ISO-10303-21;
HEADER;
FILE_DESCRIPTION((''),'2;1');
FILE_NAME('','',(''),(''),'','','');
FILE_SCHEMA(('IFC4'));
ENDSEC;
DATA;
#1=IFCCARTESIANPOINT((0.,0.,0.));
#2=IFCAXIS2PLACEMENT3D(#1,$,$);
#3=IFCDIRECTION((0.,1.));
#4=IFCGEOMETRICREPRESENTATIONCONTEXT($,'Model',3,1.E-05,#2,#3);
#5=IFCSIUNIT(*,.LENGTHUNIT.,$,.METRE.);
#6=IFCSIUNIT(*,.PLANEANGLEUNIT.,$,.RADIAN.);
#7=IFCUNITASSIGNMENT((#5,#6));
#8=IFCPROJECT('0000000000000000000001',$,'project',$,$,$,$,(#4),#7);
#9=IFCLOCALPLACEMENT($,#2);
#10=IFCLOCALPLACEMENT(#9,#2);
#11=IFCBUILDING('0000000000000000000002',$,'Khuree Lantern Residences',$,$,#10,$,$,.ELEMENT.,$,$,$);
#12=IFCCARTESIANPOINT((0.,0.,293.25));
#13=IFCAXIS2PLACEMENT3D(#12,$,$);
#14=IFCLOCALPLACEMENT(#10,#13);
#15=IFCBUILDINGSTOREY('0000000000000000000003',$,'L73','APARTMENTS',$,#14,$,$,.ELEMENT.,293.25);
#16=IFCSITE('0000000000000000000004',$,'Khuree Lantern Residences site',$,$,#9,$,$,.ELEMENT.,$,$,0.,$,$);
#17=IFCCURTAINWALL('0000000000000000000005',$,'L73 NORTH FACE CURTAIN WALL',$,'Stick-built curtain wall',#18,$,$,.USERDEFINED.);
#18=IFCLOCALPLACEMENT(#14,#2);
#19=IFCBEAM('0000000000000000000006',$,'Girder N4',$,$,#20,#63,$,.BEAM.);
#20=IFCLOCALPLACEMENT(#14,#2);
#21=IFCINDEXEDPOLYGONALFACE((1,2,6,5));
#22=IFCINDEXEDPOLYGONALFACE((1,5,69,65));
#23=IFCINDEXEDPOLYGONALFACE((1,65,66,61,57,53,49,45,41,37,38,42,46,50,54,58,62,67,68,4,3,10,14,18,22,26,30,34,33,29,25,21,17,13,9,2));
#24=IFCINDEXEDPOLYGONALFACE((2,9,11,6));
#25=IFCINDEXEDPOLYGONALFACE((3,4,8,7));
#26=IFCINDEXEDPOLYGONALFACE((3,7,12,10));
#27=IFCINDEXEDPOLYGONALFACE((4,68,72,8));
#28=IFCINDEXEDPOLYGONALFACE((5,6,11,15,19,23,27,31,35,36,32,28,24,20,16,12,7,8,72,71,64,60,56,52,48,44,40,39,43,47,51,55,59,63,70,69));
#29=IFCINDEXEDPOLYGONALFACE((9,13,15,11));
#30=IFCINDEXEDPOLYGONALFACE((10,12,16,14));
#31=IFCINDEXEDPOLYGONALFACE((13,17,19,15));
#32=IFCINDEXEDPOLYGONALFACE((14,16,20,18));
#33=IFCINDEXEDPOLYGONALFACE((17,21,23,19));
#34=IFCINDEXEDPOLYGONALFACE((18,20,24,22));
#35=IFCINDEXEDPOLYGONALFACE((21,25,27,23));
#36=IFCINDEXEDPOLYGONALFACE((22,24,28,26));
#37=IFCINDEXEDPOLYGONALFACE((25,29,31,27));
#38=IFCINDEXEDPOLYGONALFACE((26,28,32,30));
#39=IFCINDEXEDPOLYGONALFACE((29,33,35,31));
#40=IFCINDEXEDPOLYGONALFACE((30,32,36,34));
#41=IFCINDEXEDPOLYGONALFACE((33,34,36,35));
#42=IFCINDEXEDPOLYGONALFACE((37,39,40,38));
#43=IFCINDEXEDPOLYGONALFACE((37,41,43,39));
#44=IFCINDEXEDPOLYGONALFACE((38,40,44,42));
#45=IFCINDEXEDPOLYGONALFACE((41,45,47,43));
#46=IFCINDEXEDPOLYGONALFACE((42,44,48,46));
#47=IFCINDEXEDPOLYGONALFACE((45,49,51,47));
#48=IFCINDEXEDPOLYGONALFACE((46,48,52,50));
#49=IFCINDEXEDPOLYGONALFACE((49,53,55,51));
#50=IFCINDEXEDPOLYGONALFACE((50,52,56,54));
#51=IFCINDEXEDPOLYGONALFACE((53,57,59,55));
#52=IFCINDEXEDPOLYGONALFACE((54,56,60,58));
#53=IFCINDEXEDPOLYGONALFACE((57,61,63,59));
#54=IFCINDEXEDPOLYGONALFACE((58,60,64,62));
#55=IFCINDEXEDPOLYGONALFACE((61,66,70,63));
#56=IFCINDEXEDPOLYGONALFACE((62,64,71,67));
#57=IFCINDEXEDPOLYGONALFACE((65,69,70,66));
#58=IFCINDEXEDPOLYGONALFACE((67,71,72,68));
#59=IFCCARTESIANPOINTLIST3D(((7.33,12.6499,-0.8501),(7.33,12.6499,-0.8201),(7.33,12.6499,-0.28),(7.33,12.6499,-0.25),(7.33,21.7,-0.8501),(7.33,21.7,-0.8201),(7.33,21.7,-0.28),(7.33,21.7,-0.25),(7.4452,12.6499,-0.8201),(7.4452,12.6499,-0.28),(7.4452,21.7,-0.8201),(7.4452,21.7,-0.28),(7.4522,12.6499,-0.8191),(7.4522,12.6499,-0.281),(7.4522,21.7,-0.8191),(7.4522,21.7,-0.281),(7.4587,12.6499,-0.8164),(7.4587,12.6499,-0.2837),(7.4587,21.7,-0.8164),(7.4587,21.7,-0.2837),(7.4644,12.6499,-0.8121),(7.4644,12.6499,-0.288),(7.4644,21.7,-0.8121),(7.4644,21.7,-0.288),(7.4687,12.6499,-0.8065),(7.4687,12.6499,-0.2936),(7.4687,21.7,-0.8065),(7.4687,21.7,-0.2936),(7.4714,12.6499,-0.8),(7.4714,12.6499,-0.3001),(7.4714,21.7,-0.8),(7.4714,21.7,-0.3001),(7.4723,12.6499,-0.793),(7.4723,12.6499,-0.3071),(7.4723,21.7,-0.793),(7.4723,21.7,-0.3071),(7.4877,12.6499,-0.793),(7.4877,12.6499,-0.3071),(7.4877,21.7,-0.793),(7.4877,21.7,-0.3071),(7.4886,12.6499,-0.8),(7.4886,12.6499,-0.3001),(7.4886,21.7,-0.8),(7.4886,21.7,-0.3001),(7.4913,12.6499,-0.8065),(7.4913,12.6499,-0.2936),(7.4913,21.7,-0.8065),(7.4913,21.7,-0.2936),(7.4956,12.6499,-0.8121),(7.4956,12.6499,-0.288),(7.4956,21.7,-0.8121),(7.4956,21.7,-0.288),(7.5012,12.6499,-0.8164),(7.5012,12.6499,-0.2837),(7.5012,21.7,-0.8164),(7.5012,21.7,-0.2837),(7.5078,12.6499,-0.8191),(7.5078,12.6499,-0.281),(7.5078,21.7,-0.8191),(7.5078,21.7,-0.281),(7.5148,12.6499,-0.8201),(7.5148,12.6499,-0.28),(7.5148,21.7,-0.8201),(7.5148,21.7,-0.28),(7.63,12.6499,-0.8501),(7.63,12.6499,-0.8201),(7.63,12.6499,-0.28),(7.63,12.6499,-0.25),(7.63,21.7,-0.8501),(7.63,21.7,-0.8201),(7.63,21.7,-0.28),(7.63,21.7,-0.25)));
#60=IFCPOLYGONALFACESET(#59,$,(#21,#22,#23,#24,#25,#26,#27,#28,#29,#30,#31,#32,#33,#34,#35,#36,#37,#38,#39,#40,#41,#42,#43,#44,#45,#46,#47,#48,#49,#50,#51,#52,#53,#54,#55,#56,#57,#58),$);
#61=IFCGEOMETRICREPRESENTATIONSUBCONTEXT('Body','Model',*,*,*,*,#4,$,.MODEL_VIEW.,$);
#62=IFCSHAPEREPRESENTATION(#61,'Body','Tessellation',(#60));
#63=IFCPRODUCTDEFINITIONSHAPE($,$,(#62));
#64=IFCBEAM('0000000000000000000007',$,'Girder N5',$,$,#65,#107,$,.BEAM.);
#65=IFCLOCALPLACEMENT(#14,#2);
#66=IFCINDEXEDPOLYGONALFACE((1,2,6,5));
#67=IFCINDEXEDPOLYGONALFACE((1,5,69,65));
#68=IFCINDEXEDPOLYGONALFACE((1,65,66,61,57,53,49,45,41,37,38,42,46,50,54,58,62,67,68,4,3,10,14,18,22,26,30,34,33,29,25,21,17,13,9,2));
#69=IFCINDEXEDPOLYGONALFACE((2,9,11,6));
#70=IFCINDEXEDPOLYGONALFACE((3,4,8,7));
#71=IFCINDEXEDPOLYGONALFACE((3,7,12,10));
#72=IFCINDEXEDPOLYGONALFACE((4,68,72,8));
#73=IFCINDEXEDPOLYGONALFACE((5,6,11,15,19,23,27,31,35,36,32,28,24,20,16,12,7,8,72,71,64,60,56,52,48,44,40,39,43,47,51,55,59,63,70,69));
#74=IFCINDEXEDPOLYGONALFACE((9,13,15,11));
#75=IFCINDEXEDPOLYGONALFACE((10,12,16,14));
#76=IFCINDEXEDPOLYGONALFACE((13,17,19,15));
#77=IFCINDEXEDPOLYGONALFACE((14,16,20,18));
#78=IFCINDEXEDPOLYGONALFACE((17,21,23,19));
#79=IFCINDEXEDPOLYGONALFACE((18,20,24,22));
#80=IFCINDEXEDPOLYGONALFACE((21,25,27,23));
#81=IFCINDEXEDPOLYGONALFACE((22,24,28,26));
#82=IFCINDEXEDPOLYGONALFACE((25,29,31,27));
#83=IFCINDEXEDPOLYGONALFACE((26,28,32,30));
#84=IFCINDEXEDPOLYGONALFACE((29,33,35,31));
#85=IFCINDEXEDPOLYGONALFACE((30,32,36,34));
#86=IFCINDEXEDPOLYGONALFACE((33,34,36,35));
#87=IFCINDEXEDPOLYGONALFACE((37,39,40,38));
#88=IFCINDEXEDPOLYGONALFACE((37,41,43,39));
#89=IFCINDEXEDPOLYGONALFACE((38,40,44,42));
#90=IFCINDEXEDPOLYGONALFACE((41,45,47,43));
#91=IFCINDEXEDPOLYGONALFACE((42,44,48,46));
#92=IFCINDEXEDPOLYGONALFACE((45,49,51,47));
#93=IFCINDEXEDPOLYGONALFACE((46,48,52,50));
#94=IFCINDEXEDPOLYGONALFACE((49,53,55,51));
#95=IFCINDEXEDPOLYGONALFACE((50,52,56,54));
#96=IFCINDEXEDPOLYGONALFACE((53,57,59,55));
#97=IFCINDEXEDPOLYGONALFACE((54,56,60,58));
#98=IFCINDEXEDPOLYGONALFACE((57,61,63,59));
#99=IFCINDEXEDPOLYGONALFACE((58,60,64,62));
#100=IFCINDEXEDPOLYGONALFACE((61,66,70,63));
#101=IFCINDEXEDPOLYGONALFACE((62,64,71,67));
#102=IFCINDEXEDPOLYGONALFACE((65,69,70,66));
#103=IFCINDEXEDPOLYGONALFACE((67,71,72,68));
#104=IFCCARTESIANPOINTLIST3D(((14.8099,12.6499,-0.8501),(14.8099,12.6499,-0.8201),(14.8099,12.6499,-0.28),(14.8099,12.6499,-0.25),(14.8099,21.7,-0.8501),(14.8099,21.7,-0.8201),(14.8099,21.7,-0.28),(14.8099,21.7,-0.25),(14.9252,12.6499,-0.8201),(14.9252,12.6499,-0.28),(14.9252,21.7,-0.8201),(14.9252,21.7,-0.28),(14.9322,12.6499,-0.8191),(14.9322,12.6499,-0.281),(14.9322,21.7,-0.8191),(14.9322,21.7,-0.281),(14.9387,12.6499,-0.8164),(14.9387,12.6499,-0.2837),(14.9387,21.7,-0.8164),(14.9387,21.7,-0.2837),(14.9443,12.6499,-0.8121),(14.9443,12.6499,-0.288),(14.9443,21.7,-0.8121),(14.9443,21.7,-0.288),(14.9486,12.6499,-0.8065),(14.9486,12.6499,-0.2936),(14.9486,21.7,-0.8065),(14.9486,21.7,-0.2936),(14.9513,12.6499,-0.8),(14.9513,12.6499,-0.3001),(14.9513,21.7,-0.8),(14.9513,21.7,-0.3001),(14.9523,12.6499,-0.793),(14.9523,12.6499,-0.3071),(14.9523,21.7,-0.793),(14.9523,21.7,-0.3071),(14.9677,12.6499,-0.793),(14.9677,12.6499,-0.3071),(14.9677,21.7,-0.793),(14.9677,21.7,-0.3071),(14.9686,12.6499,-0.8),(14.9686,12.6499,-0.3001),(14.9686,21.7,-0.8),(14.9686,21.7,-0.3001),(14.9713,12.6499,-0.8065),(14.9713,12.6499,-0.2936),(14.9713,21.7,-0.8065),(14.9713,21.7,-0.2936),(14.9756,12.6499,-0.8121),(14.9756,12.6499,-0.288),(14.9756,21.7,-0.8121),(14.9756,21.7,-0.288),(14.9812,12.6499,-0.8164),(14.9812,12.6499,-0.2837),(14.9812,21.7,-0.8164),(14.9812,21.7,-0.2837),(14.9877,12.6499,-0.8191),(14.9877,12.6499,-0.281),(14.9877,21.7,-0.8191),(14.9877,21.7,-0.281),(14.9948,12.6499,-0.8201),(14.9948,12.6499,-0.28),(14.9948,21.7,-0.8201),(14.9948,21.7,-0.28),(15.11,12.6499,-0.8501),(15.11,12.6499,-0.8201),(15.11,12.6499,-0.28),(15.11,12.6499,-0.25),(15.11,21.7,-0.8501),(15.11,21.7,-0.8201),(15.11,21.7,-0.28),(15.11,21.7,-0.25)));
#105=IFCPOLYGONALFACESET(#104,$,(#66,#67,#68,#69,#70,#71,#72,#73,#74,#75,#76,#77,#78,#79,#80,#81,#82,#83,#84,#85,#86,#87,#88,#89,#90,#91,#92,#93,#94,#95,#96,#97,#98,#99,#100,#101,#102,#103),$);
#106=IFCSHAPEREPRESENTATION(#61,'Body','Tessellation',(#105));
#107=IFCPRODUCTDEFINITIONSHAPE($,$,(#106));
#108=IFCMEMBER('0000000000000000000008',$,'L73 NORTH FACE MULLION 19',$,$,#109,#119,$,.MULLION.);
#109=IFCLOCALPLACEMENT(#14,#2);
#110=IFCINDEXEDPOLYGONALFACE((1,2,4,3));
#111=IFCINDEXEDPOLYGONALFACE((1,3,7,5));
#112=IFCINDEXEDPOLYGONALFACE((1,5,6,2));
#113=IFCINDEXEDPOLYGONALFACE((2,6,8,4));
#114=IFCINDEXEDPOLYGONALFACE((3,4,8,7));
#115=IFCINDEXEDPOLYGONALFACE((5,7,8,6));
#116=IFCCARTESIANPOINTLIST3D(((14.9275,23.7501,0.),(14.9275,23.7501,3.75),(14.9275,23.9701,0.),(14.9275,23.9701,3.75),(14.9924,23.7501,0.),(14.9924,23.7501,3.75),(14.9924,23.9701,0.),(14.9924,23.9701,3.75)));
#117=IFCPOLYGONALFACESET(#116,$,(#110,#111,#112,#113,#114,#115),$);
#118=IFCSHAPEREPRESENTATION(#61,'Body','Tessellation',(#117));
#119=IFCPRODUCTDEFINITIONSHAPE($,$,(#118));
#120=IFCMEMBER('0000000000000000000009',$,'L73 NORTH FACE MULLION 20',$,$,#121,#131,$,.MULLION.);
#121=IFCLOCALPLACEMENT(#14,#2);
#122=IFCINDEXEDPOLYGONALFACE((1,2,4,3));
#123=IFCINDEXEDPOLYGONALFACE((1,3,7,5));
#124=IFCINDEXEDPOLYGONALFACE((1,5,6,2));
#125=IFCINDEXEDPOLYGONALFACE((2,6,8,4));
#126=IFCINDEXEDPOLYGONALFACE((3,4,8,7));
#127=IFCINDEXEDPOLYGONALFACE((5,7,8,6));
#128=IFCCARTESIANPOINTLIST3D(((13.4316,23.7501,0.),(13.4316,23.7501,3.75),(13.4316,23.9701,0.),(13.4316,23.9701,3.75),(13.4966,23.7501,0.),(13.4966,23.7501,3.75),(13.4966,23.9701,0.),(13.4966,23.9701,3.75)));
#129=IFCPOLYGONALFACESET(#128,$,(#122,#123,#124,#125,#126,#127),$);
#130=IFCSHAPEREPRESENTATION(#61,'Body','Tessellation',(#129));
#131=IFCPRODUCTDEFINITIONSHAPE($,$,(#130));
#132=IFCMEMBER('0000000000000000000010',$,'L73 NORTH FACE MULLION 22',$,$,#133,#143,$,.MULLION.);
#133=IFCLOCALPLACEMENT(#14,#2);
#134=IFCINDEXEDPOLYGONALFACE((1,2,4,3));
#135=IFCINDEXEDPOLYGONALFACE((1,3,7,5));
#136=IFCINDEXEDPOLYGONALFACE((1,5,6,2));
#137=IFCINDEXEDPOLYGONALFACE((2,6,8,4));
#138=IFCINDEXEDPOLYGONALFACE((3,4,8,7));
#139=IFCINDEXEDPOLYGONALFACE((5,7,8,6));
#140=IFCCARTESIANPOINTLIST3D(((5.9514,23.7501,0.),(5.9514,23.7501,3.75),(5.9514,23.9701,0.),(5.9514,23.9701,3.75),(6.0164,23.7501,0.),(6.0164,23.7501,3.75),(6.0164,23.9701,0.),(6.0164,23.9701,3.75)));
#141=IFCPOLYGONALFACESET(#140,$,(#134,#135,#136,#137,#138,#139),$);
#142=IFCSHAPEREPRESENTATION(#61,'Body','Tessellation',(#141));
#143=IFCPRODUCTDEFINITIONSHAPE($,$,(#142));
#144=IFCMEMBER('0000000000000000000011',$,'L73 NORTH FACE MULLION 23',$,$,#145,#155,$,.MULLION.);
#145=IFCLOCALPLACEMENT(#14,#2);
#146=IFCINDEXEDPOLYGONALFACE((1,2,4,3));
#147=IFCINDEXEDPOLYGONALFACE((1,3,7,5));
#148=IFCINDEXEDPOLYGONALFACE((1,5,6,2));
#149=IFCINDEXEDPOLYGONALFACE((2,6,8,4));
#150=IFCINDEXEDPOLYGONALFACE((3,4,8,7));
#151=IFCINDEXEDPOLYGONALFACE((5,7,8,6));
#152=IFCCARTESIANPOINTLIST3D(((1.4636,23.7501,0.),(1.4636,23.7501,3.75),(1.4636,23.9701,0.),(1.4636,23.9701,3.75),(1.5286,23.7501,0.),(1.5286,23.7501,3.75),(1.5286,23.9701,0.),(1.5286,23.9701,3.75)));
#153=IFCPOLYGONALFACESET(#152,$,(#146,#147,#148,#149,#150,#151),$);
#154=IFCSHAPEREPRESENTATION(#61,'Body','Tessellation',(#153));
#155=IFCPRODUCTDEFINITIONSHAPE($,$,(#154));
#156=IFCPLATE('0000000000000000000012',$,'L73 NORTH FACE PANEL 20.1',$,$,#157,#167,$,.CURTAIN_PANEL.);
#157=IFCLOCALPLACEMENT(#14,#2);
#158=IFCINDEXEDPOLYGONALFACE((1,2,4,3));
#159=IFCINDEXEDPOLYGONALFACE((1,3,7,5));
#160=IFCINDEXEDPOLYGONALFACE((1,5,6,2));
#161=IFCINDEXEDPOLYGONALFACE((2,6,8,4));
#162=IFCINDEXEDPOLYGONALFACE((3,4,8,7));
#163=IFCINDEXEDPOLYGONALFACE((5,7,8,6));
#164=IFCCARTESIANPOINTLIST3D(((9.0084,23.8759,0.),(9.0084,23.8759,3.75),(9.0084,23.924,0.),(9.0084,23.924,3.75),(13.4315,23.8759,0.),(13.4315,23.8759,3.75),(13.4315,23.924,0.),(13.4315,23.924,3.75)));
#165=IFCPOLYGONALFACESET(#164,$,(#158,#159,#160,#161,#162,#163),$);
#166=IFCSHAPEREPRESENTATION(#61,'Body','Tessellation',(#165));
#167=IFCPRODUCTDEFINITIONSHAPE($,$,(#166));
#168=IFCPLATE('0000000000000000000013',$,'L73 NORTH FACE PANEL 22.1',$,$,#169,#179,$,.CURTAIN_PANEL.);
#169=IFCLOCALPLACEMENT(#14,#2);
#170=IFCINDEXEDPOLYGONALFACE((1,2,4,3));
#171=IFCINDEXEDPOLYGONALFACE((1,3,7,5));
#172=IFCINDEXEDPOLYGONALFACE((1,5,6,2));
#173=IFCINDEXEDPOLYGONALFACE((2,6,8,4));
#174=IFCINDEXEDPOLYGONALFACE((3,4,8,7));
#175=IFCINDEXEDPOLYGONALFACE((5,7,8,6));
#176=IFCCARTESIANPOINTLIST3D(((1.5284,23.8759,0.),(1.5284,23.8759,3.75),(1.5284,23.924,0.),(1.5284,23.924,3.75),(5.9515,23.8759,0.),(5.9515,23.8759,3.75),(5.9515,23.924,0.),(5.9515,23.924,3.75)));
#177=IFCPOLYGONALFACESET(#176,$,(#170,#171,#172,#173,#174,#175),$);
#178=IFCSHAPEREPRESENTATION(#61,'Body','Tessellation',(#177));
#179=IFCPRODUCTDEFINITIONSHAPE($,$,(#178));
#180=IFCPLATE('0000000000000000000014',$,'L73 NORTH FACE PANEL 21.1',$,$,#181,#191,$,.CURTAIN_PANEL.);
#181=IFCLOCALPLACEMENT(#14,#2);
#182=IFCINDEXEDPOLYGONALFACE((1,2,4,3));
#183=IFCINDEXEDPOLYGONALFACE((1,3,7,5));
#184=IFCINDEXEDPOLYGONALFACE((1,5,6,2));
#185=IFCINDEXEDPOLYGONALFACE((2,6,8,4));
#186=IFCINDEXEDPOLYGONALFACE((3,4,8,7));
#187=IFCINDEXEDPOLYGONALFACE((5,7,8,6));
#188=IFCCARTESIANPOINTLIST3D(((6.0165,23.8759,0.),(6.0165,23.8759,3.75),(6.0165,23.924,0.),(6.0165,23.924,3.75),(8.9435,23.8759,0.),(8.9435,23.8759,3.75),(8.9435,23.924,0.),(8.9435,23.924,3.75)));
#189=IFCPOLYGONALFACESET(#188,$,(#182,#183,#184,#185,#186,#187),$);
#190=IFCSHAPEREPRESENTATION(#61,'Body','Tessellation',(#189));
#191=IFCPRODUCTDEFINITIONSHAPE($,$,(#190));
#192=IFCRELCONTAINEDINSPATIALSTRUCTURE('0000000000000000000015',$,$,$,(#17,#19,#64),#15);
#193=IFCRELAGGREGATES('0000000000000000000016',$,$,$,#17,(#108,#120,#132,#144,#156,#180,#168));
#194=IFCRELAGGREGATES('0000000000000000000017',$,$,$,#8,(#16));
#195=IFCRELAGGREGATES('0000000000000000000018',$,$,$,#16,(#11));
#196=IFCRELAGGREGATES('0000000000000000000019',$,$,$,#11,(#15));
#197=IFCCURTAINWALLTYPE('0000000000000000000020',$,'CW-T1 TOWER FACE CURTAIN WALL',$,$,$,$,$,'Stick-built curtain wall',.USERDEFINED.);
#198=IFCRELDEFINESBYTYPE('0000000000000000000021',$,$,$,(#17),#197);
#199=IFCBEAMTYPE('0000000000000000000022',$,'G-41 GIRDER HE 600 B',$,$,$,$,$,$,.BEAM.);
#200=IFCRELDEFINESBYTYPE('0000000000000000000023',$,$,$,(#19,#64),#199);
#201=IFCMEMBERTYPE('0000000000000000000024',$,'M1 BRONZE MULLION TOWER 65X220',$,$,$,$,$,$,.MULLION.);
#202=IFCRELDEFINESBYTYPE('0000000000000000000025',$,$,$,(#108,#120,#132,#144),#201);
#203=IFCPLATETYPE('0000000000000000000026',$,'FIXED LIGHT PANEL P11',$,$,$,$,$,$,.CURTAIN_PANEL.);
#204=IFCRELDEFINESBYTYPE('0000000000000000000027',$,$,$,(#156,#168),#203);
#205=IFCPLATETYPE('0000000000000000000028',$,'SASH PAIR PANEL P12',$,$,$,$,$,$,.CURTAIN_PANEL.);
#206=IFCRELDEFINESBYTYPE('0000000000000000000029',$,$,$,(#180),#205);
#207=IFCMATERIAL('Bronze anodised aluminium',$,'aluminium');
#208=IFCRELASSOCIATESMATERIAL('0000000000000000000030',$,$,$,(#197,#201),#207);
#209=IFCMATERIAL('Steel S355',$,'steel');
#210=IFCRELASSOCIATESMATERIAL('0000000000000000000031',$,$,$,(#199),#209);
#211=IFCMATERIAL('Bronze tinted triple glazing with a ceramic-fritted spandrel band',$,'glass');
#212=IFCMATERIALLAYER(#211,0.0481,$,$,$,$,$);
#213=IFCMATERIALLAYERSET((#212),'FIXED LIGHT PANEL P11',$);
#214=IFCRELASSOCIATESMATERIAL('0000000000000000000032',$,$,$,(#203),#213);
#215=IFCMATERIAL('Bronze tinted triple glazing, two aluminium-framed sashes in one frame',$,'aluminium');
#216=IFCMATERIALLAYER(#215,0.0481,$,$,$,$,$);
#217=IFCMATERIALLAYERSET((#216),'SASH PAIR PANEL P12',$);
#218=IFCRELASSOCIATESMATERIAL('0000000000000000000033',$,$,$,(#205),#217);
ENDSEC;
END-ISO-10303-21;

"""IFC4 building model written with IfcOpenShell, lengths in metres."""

from ifc_helpers import new_model, si_unit, direction, frame, origin, origin_2d, place, context, subcontext, project, spatial, rectangle, i_section, extrude, material, layer, layer_set, material_profile, profile_set, type_object, element, aggregate, save


model = new_model("IFC4")

# Units and contexts
model_context = context("Model", 3, precision=1e-05, world=origin(), true_north=direction((0.0, 1.0)))
body_context = subcontext(model_context, "Body", "Model", "MODEL_VIEW")
ifc_project = project(units=[si_unit("LENGTHUNIT", "METRE"), si_unit("PLANEANGLEUNIT", "RADIAN")], contexts=[model_context])

# Site, building, storey
site_placement = place(None, origin())
site = spatial("IfcSite", under=ifc_project, at=site_placement, Name="Khuree Lantern Residences site", CompositionType="ELEMENT", RefElevation=0.0)
building_placement = place(site_placement, origin())
building = spatial("IfcBuilding", under=site, at=building_placement, Name="Khuree Lantern Residences", CompositionType="ELEMENT")
storey_placement = place(building_placement, frame((0.0, 0.0, 293.25)))
storey = spatial("IfcBuildingStorey", under=building, at=storey_placement, Name="L73", Description="APARTMENTS", CompositionType="ELEMENT", Elevation=293.25)

# Shared definitions
ifc_material_1 = material(Name="Steel S355", Category="steel")

# Curtain wall
ifc_material_2 = material(Name="Bronze anodised aluminium", Category="aluminium")
curtain_wall_type = type_object("IfcCurtainWallType", Name="CW-T1 TOWER FACE CURTAIN WALL", ElementType="Stick-built curtain wall", PredefinedType="USERDEFINED", material=ifc_material_2)
curtain_wall_placement = place(storey_placement, origin())
curtain_wall = element("IfcCurtainWall", 1, at=curtain_wall_placement, inside=storey, type_object=curtain_wall_type, Name="L73 NORTH FACE CURTAIN WALL", ObjectType="Stick-built curtain wall", PredefinedType="USERDEFINED")

# Beams
ifc_material_profile_1 = material_profile(ifc_material_1, i_section(OverallWidth=0.3, OverallDepth=0.6001, WebThickness=0.0154, FlangeThickness=0.03, FilletRadius=0.0271, at=origin_2d()), Name="HE 600 B")
ifc_profile_set_1 = profile_set([ifc_material_profile_1], Name="Steel S355")
beam_type_1 = type_object("IfcBeamType", Name="G-41 GIRDER HE 600 B", PredefinedType="BEAM", material=ifc_profile_set_1)
for number, where, z_axis, x_axis, name in (
    (2, (7.48, 21.7, -0.55), (0.0, -1.0, 0.0), (1.0, 0.0, 0.0), "Girder N4"),
    (3, (14.96, 21.7, -0.55), (0.0, -1.0, 0.0), (1.0, 0.0, 0.0), "Girder N5"),
):
    element("IfcBeam", number, at=place(storey_placement, frame(where, z_axis=z_axis, x_axis=x_axis)), inside=storey, type_object=beam_type_1, Name=name, PredefinedType="BEAM", context=body_context, shape_type="SweptSolid", body=[
        extrude(i_section(OverallWidth=0.3, OverallDepth=0.6001, WebThickness=0.0154, FlangeThickness=0.03, FilletRadius=0.0271, at=origin_2d()), origin(), (0.0, 0.0, 1.0), 9.05),
    ])

# Members
ifc_material_profile_2 = material_profile(ifc_material_2, rectangle(XDim=0.0649, YDim=0.22, at=origin_2d()), Name="M1 65X220")
ifc_profile_set_2 = profile_set([ifc_material_profile_2], Name="Bronze anodised aluminium")
member_type_1 = type_object("IfcMemberType", Name="M1 BRONZE MULLION TOWER 65X220", PredefinedType="MULLION", material=ifc_profile_set_2)
member_1_placement = place(storey_placement, frame((14.96, 23.8601, 0.0), z_axis=(0.0, 0.0, 1.0), x_axis=(-1.0, 0.0, 0.0)))
member_1 = element("IfcMember", 4, at=member_1_placement, type_object=member_type_1, Name="L73 NORTH FACE MULLION 19", PredefinedType="MULLION", context=body_context, shape_type="SweptSolid", body=[
    extrude(rectangle(XDim=0.0649, YDim=0.22, at=origin_2d()), origin(), (0.0, 0.0, 1.0), 3.75),
])
member_2_placement = place(storey_placement, frame((13.4641, 23.8601, 0.0), z_axis=(0.0, 0.0, 1.0), x_axis=(-1.0, 0.0, 0.0)))
member_2 = element("IfcMember", 5, at=member_2_placement, type_object=member_type_1, Name="L73 NORTH FACE MULLION 20", PredefinedType="MULLION", context=body_context, shape_type="SweptSolid", body=[
    extrude(rectangle(XDim=0.0649, YDim=0.22, at=origin_2d()), origin(), (0.0, 0.0, 1.0), 3.75),
])
member_3_placement = place(storey_placement, frame((5.9839, 23.8601, 0.0), z_axis=(0.0, 0.0, 1.0), x_axis=(-1.0, 0.0, 0.0)))
member_3 = element("IfcMember", 6, at=member_3_placement, type_object=member_type_1, Name="L73 NORTH FACE MULLION 22", PredefinedType="MULLION", context=body_context, shape_type="SweptSolid", body=[
    extrude(rectangle(XDim=0.0649, YDim=0.22, at=origin_2d()), origin(), (0.0, 0.0, 1.0), 3.75),
])
member_4_placement = place(storey_placement, frame((1.4961, 23.8601, 0.0), z_axis=(0.0, 0.0, 1.0), x_axis=(-1.0, 0.0, 0.0)))
member_4 = element("IfcMember", 7, at=member_4_placement, type_object=member_type_1, Name="L73 NORTH FACE MULLION 23", PredefinedType="MULLION", context=body_context, shape_type="SweptSolid", body=[
    extrude(rectangle(XDim=0.0649, YDim=0.22, at=origin_2d()), origin(), (0.0, 0.0, 1.0), 3.75),
])

# Plates
ifc_material_3 = material(Name="Bronze tinted triple glazing with a ceramic-fritted spandrel band", Category="glass")
ifc_layer_1 = layer(ifc_material_3, 0.0481)
ifc_layer_set_1 = layer_set([ifc_layer_1], Name="FIXED LIGHT PANEL P11")
plate_type_1 = type_object("IfcPlateType", Name="FIXED LIGHT PANEL P11", PredefinedType="CURTAIN_PANEL", material=ifc_layer_set_1)
plate_1_placement = place(storey_placement, frame((11.22, 23.8999, 0.0), z_axis=(0.0, 0.0, 1.0), x_axis=(-1.0, 0.0, 0.0)))
plate_1 = element("IfcPlate", 8, at=plate_1_placement, type_object=plate_type_1, Name="L73 NORTH FACE PANEL 20.1", PredefinedType="CURTAIN_PANEL", context=body_context, shape_type="SweptSolid", body=[
    extrude(rectangle(XDim=4.4231, YDim=0.0481, at=origin_2d()), origin(), (0.0, 0.0, 1.0), 3.75),
])
plate_2_placement = place(storey_placement, frame((3.74, 23.8999, 0.0), z_axis=(0.0, 0.0, 1.0), x_axis=(-1.0, 0.0, 0.0)))
plate_2 = element("IfcPlate", 9, at=plate_2_placement, type_object=plate_type_1, Name="L73 NORTH FACE PANEL 22.1", PredefinedType="CURTAIN_PANEL", context=body_context, shape_type="SweptSolid", body=[
    extrude(rectangle(XDim=4.4231, YDim=0.0481, at=origin_2d()), origin(), (0.0, 0.0, 1.0), 3.75),
])
ifc_material_4 = material(Name="Bronze tinted triple glazing, two aluminium-framed sashes in one frame", Category="aluminium")
ifc_layer_2 = layer(ifc_material_4, 0.0481)
ifc_layer_set_2 = layer_set([ifc_layer_2], Name="SASH PAIR PANEL P12")
plate_type_2 = type_object("IfcPlateType", Name="SASH PAIR PANEL P12", PredefinedType="CURTAIN_PANEL", material=ifc_layer_set_2)
plate_3_placement = place(storey_placement, frame((7.48, 23.8999, 0.0), z_axis=(0.0, 0.0, 1.0), x_axis=(-1.0, 0.0, 0.0)))
plate_3 = element("IfcPlate", 10, at=plate_3_placement, type_object=plate_type_2, Name="L73 NORTH FACE PANEL 21.1", PredefinedType="CURTAIN_PANEL", context=body_context, shape_type="SweptSolid", body=[
    extrude(rectangle(XDim=2.927, YDim=0.0481, at=origin_2d()), origin(), (0.0, 0.0, 1.0), 3.75),
])
aggregate(curtain_wall, [member_1, member_2, member_3, member_4, plate_1, plate_3, plate_2])

save(model, "model.ifc")
